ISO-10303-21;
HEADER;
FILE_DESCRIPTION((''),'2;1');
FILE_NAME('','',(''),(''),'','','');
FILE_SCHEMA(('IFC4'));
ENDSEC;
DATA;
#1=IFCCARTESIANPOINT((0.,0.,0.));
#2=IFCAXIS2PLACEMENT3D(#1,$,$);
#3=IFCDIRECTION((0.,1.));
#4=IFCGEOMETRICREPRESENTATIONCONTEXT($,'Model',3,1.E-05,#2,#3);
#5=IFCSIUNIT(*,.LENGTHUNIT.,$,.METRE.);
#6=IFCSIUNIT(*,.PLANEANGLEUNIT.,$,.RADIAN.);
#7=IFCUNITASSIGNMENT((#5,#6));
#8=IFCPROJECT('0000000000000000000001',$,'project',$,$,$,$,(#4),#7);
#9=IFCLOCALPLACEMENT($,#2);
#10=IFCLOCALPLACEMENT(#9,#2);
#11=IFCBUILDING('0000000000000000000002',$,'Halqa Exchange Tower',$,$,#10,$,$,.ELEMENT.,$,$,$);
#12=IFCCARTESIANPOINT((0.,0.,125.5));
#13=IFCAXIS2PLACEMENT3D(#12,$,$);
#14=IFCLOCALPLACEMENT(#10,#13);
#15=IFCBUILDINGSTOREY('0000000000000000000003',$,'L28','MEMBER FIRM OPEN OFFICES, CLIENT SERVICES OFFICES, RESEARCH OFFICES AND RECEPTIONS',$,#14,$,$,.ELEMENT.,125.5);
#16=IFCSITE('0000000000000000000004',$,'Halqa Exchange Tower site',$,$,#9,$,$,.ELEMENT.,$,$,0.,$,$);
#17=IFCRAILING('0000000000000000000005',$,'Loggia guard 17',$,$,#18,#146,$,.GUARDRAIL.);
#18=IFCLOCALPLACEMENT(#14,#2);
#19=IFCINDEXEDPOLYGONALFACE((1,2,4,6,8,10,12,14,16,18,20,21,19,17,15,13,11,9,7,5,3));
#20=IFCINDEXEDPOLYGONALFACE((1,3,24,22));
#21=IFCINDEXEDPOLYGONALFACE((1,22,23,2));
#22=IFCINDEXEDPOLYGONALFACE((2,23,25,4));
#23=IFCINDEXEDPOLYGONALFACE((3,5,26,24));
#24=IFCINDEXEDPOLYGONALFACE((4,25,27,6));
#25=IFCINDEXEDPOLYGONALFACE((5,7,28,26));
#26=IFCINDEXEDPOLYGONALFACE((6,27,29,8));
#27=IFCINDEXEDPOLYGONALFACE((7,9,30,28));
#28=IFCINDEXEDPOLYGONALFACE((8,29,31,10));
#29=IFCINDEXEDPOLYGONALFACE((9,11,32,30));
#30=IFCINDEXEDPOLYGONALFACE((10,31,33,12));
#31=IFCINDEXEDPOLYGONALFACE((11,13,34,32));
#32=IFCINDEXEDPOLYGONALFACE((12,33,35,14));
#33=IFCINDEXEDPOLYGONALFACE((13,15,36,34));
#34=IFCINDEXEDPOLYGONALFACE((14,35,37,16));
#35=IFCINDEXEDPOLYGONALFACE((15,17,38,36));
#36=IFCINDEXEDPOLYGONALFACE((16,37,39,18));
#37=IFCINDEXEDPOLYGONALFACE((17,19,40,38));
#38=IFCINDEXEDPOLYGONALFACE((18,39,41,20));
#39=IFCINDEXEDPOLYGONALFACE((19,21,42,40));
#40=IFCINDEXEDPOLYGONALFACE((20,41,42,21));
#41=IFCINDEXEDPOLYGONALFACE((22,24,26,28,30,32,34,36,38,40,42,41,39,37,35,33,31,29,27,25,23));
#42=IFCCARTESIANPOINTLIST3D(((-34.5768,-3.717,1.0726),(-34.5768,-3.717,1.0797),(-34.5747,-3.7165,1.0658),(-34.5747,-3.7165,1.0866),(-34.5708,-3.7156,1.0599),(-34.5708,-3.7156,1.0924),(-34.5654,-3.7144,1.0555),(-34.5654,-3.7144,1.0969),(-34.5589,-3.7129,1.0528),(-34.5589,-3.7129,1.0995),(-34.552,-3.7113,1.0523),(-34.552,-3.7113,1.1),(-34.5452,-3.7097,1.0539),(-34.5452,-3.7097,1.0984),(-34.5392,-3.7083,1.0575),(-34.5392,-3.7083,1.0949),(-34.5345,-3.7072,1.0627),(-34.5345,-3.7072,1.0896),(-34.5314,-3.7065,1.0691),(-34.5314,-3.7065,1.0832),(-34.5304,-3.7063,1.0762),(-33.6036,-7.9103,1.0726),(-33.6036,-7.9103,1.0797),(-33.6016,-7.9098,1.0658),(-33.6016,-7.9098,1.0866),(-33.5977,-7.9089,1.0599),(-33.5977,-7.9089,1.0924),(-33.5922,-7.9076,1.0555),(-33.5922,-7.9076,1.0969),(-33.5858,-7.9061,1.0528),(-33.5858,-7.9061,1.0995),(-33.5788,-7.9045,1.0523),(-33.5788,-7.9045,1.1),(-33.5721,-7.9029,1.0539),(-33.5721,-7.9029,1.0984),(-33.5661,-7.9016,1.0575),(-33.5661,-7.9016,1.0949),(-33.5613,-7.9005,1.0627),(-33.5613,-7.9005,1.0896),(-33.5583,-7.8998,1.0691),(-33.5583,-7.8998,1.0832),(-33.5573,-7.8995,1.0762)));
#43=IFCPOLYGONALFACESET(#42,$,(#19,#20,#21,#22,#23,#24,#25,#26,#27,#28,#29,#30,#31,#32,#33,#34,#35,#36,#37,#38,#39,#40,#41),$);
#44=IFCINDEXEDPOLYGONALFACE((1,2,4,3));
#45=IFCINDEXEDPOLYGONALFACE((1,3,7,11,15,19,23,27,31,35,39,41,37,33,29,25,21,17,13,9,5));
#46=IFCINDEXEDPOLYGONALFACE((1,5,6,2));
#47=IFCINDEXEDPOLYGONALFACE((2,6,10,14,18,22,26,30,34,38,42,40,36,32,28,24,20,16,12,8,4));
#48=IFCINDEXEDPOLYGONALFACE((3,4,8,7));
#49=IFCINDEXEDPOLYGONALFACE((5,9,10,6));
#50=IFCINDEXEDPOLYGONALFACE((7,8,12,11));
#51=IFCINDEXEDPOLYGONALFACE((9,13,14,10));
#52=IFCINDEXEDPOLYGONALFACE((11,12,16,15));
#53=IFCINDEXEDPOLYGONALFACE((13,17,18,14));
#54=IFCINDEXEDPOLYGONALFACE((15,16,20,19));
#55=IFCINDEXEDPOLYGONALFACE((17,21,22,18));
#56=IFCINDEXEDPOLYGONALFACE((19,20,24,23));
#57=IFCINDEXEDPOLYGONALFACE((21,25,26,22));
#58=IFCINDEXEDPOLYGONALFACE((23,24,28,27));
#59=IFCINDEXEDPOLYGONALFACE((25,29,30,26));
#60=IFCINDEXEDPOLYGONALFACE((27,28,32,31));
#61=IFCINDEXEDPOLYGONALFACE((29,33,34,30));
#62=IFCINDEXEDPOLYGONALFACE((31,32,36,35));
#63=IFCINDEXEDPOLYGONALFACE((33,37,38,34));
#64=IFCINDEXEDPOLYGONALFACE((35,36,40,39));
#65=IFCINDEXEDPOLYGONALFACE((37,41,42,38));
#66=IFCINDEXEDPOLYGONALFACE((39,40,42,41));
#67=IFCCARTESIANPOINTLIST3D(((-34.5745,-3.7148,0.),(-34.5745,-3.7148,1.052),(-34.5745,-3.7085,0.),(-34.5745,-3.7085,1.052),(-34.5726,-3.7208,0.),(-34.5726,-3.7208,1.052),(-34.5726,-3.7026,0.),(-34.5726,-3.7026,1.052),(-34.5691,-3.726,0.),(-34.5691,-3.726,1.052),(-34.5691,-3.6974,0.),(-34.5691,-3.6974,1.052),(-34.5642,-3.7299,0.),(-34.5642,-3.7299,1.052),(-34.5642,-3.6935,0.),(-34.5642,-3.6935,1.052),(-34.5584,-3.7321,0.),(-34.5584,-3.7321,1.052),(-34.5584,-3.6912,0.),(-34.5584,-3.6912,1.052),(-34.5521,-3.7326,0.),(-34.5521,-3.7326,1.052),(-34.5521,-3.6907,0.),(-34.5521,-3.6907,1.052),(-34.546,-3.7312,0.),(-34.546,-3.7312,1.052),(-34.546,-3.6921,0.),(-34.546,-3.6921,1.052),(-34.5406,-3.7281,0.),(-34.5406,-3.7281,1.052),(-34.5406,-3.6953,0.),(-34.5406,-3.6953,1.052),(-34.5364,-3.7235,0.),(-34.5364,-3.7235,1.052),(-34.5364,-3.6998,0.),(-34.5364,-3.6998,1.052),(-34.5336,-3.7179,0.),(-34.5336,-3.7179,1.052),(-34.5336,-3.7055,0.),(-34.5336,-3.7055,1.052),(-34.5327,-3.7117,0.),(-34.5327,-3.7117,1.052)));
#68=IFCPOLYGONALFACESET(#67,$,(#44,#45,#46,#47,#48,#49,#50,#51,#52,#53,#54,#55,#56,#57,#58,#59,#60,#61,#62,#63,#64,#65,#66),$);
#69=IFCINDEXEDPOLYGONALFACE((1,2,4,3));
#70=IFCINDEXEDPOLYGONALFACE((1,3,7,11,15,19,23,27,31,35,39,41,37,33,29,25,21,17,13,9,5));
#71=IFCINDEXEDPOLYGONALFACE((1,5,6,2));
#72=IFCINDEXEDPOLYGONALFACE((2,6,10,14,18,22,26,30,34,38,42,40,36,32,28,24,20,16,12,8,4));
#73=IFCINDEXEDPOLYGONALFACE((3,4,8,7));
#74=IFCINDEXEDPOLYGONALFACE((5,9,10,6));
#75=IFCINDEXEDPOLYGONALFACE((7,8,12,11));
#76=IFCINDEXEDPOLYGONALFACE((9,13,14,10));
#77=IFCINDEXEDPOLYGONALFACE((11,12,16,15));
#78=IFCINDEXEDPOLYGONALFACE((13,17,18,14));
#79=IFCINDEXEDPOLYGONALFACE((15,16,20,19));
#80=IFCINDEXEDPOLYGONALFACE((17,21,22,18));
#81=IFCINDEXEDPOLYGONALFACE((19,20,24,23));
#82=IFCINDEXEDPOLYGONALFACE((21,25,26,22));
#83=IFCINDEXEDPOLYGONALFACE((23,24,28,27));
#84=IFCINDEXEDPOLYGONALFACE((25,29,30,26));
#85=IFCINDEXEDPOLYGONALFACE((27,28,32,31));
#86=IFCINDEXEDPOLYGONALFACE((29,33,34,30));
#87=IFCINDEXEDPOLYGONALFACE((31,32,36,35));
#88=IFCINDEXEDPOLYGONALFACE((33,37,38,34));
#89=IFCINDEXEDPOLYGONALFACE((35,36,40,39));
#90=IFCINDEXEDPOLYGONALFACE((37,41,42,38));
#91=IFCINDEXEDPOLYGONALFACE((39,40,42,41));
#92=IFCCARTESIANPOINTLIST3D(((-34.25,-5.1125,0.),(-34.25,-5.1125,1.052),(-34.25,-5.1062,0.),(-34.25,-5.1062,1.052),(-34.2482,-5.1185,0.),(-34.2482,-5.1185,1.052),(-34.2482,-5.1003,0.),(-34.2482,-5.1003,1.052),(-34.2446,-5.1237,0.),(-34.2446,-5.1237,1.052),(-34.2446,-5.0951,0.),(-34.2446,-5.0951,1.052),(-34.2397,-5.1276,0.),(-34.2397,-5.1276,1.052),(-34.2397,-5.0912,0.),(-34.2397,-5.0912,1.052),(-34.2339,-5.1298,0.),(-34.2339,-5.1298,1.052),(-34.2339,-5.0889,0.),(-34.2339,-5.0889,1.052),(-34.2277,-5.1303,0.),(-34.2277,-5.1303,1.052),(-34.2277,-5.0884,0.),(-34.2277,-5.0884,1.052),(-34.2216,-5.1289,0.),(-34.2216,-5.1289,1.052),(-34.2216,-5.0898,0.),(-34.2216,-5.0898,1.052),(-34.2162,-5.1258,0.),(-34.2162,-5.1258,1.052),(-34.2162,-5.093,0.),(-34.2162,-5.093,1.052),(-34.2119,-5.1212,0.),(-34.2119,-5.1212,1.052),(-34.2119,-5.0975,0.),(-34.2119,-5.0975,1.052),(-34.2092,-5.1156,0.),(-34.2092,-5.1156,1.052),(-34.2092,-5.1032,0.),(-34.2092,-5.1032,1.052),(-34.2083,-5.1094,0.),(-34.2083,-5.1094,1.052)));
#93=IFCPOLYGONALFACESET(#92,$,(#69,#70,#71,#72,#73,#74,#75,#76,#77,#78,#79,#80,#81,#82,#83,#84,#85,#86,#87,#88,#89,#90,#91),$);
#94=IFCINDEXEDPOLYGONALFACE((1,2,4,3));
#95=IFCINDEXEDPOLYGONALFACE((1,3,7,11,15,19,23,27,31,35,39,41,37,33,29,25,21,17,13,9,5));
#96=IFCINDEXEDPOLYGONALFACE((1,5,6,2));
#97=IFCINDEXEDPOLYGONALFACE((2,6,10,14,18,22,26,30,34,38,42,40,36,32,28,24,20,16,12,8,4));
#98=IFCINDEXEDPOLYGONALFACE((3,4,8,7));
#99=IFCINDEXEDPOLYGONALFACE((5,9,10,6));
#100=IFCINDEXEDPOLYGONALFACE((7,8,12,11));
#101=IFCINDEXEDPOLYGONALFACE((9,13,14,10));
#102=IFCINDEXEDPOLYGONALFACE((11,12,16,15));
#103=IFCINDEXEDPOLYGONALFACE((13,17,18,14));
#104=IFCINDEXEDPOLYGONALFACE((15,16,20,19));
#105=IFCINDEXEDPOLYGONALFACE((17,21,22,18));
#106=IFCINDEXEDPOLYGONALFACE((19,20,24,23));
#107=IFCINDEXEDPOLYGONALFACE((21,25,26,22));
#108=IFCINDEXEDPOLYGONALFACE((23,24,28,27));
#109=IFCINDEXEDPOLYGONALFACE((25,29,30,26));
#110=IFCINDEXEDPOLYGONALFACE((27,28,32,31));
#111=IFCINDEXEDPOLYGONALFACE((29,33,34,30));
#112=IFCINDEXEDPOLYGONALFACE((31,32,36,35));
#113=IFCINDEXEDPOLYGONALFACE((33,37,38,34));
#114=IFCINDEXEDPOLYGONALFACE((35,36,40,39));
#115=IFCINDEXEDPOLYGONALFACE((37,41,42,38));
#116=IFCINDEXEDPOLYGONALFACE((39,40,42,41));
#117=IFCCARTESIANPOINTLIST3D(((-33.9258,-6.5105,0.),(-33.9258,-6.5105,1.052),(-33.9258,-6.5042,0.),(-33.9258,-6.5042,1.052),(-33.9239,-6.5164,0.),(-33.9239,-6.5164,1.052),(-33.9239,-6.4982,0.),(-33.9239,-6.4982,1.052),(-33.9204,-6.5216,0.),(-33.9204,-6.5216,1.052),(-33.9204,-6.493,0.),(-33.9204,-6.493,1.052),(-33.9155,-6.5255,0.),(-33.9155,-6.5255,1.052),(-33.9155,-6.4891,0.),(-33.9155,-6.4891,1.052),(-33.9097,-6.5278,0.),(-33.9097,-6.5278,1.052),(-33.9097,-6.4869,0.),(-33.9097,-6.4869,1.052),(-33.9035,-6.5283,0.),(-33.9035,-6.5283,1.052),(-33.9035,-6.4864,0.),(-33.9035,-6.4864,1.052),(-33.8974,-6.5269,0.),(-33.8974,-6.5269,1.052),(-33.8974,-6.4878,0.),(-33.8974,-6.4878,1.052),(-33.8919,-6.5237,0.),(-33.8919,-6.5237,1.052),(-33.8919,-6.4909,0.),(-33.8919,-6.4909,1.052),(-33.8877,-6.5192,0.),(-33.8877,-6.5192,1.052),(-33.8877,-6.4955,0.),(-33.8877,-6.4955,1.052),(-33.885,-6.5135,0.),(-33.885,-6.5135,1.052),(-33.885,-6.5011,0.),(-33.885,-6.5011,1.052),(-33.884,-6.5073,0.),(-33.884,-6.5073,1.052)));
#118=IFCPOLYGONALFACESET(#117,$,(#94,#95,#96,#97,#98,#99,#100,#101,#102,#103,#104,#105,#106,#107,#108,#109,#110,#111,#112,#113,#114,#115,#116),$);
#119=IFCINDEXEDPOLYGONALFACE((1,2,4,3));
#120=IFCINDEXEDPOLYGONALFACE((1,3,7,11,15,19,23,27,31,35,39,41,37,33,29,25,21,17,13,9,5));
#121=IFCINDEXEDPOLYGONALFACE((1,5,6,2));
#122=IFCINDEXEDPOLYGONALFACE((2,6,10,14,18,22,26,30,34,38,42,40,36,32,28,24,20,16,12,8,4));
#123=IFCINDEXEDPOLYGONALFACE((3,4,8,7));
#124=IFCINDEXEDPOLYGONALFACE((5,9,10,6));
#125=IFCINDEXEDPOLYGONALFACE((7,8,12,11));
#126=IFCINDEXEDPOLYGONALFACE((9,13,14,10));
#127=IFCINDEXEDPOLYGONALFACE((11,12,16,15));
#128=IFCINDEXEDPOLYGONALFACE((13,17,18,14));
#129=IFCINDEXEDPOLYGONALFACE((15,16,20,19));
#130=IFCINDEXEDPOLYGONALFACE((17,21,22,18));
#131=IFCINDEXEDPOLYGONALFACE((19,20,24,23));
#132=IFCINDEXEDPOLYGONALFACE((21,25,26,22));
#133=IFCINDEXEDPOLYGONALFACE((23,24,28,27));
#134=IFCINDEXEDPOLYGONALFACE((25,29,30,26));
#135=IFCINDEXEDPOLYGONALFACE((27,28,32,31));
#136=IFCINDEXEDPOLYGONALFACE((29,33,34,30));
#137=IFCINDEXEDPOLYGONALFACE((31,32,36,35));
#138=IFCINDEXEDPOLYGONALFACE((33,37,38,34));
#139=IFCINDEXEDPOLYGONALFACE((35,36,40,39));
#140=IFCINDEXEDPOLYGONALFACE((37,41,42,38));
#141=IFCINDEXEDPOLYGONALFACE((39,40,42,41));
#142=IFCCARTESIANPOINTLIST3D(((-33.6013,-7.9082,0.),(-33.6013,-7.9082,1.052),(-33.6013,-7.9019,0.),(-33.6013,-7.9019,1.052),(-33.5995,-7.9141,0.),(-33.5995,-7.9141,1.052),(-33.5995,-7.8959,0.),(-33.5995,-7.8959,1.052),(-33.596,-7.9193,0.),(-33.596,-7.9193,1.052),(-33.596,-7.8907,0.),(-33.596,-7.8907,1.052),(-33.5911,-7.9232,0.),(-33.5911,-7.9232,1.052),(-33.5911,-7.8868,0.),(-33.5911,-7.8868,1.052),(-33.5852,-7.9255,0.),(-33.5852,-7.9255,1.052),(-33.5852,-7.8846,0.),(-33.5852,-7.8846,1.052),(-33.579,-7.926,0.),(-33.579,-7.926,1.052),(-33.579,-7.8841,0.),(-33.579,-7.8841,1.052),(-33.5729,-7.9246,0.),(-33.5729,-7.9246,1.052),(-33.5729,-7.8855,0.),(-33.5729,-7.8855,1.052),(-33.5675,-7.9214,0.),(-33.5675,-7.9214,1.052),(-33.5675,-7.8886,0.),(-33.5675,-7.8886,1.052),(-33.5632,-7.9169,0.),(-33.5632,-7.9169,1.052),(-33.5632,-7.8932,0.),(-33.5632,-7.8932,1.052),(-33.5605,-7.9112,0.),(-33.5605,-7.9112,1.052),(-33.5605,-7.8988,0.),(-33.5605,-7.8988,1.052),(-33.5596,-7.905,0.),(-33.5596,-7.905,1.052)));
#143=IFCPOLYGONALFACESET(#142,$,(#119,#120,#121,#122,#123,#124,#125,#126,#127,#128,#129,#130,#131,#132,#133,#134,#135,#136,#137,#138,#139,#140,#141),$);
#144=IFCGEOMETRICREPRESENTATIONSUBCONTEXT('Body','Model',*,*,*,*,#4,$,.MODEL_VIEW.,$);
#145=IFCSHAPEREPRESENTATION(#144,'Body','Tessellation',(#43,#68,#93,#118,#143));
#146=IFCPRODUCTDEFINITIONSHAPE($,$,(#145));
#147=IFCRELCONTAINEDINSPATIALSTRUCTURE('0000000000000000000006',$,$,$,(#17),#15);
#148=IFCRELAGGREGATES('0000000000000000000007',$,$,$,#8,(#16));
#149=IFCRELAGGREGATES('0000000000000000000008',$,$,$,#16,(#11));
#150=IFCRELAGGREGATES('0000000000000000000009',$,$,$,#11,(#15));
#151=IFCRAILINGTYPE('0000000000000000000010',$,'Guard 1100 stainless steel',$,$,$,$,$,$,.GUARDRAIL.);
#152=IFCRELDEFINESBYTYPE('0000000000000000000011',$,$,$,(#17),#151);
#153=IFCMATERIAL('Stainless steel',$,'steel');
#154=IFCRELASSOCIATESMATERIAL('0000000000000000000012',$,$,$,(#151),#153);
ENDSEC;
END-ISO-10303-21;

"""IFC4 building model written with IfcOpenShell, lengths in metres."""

from ifc_helpers import new_model, si_unit, direction, frame, origin, origin_2d, place, context, subcontext, project, spatial, circle, extrude, material, type_object, element, save


model = new_model("IFC4")

# Units and contexts
model_context = context("Model", 3, precision=1e-05, world=origin(), true_north=direction((0.0, 1.0)))
body_context = subcontext(model_context, "Body", "Model", "MODEL_VIEW")
ifc_project = project(units=[si_unit("LENGTHUNIT", "METRE"), si_unit("PLANEANGLEUNIT", "RADIAN")], contexts=[model_context])

# Site, building, storey
site_placement = place(None, origin())
site = spatial("IfcSite", under=ifc_project, at=site_placement, Name="Halqa Exchange Tower site", CompositionType="ELEMENT", RefElevation=0.0)
building_placement = place(site_placement, origin())
building = spatial("IfcBuilding", under=site, at=building_placement, Name="Halqa Exchange Tower", CompositionType="ELEMENT")
storey_placement = place(building_placement, frame((0.0, 0.0, 125.5)))
storey = spatial("IfcBuildingStorey", under=building, at=storey_placement, Name="L28", Description="MEMBER FIRM OPEN OFFICES, CLIENT SERVICES OFFICES, RESEARCH OFFICES AND RECEPTIONS", CompositionType="ELEMENT", Elevation=125.5)

# Railing
ifc_material_1 = material(Name="Stainless steel", Category="steel")
railing_type = type_object("IfcRailingType", Name="Guard 1100 stainless steel", PredefinedType="GUARDRAIL", material=ifc_material_1)
railing_1_placement = place(storey_placement, frame((-34.5537, -3.7117, 0.0)))
element("IfcRailing", 1, at=railing_1_placement, inside=storey, type_object=railing_type, Name="Loggia guard 17", PredefinedType="GUARDRAIL", context=body_context, shape_type="SweptSolid", body=[
    extrude(circle(Radius=0.0239, at=origin_2d()), frame((0.0, 0.0, 1.0762), z_axis=(0.226061, -0.974113, 0.0), x_axis=(0.974113, 0.226061, 0.0)), (0.0, 0.0, 1.0), 4.3047),
    extrude(circle(Radius=0.021, at=origin_2d()), origin(), (0.0, 0.0, 1.0), 1.052),
    extrude(circle(Radius=0.021, at=origin_2d()), frame((0.3245, -1.3977, 0.0)), (0.0, 0.0, 1.0), 1.052),
    extrude(circle(Radius=0.021, at=origin_2d()), frame((0.6487, -2.7957, 0.0)), (0.0, 0.0, 1.0), 1.052),
    extrude(circle(Radius=0.021, at=origin_2d()), frame((0.9731, -4.1934, 0.0)), (0.0, 0.0, 1.0), 1.052),
])

save(model, "model.ifc")
